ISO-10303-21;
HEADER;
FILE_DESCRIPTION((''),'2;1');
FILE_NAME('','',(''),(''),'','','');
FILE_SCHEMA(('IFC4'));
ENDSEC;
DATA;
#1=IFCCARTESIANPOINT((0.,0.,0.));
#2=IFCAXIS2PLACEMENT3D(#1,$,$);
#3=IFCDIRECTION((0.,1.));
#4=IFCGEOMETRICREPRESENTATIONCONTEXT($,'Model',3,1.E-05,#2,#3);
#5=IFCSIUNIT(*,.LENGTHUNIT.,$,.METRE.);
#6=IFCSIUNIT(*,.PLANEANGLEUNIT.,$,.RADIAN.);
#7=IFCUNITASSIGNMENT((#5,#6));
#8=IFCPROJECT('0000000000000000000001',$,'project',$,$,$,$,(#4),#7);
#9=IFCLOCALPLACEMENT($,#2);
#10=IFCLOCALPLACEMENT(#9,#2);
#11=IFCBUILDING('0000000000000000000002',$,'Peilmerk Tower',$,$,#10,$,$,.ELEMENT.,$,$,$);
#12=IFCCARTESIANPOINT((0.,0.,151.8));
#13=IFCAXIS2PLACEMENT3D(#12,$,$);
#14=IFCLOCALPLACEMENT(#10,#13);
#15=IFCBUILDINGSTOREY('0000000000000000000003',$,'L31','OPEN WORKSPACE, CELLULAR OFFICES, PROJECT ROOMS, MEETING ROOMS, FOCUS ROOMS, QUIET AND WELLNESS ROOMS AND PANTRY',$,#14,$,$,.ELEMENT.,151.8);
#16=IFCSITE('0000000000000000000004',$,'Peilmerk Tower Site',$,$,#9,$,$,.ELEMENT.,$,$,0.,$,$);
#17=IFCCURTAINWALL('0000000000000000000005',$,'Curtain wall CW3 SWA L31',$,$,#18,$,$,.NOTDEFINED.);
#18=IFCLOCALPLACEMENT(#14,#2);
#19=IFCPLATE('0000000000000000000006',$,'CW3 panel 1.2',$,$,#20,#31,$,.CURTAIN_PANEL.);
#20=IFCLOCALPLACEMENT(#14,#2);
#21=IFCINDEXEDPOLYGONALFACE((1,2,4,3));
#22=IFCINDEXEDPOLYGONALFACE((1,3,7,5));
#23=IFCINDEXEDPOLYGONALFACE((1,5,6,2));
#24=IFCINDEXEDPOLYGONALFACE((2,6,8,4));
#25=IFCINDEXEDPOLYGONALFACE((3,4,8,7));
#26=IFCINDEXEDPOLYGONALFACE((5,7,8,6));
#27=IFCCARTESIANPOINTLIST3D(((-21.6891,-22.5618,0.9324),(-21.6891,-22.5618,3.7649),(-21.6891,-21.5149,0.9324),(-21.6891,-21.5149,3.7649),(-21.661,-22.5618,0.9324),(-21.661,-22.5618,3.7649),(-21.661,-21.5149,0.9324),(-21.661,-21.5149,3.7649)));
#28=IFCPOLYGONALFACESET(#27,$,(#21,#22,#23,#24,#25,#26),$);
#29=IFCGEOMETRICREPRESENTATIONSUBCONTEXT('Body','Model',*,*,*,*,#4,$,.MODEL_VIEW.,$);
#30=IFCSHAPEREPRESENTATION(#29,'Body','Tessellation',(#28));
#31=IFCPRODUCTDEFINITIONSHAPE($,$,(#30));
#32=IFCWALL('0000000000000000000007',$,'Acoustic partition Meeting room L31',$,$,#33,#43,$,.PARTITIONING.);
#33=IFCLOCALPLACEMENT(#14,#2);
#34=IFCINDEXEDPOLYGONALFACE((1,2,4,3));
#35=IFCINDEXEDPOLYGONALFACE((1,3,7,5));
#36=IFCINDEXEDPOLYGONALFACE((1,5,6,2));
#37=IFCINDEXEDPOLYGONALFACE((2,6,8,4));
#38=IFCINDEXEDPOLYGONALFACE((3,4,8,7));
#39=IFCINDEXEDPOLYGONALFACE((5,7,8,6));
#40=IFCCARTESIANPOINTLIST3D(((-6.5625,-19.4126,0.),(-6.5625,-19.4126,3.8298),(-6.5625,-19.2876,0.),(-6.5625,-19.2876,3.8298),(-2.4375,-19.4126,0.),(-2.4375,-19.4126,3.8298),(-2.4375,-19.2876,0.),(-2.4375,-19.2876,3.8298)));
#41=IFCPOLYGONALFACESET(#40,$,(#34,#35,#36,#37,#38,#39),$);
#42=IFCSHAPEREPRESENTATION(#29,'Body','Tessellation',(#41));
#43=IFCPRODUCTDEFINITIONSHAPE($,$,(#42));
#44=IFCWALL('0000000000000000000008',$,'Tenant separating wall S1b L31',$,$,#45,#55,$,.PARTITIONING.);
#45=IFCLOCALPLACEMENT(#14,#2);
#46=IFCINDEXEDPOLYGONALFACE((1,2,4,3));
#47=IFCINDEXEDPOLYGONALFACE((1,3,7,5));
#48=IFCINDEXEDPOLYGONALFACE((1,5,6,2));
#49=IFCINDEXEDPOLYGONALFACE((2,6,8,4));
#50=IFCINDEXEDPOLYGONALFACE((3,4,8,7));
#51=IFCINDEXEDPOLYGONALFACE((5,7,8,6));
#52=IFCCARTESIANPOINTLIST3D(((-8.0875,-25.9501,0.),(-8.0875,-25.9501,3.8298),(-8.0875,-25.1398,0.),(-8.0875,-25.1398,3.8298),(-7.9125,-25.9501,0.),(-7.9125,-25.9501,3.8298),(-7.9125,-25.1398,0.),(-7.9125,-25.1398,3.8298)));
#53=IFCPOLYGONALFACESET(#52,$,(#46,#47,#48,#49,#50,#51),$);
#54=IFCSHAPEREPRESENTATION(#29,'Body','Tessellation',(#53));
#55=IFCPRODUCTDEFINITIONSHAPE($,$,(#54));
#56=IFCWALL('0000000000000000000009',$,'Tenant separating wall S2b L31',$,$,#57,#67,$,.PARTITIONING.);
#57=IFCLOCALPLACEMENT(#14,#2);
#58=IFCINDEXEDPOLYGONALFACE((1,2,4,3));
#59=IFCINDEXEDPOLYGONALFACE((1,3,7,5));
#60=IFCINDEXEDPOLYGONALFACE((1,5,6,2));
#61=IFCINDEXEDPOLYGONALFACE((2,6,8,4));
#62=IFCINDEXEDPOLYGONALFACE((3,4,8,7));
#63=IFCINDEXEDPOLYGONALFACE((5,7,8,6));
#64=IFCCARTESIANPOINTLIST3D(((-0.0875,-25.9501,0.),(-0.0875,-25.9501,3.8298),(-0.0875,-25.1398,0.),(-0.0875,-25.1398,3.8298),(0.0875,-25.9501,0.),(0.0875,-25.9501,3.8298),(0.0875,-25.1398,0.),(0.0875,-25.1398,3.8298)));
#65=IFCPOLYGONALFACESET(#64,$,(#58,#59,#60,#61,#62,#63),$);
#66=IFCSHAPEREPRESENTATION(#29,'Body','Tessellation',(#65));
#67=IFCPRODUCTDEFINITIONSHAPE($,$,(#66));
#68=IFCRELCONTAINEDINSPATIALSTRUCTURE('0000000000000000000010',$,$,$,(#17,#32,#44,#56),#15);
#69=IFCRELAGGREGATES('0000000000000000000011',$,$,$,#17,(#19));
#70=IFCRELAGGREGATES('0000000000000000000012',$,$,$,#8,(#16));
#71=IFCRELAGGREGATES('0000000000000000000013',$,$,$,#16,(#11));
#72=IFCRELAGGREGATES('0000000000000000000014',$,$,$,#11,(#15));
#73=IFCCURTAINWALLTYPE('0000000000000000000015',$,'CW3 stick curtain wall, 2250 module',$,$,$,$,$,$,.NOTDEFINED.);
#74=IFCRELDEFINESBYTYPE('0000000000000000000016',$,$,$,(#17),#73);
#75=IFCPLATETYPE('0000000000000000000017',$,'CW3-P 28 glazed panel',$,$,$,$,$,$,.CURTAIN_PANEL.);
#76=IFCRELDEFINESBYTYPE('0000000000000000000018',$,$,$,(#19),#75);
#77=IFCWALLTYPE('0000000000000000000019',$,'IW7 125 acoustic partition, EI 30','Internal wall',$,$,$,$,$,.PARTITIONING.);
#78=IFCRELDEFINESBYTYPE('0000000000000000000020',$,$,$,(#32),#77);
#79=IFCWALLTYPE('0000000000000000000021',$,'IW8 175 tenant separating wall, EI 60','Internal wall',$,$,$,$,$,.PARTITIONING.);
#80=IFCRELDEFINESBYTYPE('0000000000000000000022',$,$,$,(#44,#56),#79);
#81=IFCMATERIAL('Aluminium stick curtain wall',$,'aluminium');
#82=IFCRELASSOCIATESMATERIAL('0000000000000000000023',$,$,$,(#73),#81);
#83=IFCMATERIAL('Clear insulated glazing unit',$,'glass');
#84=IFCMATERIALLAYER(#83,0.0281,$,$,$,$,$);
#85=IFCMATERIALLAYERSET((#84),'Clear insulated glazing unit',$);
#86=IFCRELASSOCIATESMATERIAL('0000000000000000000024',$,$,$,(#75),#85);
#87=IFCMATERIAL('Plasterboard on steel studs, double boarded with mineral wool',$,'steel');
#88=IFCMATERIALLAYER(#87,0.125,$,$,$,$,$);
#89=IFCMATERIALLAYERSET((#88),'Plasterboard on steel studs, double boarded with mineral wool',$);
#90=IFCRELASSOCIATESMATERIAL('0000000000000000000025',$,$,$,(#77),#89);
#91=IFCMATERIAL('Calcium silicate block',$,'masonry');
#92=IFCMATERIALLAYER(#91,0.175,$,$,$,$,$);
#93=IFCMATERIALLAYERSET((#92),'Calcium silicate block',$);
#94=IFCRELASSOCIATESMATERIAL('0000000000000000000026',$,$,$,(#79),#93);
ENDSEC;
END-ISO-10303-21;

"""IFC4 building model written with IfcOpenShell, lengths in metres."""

from ifc_helpers import new_model, si_unit, direction, frame, frame_2d, origin, origin_2d, place, context, subcontext, project, spatial, rectangle, extrude, material, layer, layer_set, type_object, element, aggregate, save


model = new_model("IFC4")

# Units and contexts
model_context = context("Model", 3, precision=1e-05, world=origin(), true_north=direction((0.0, 1.0)))
body_context = subcontext(model_context, "Body", "Model", "MODEL_VIEW")
ifc_project = project(units=[si_unit("LENGTHUNIT", "METRE"), si_unit("PLANEANGLEUNIT", "RADIAN")], contexts=[model_context])

# Site, building, storey
site_placement = place(None, origin())
site = spatial("IfcSite", under=ifc_project, at=site_placement, Name="Peilmerk Tower Site", CompositionType="ELEMENT", RefElevation=0.0)
building_placement = place(site_placement, origin())
building = spatial("IfcBuilding", under=site, at=building_placement, Name="Peilmerk Tower", CompositionType="ELEMENT")
storey_placement = place(building_placement, frame((0.0, 0.0, 151.8)))
storey = spatial("IfcBuildingStorey", under=building, at=storey_placement, Name="L31", Description="OPEN WORKSPACE, CELLULAR OFFICES, PROJECT ROOMS, MEETING ROOMS, FOCUS ROOMS, QUIET AND WELLNESS ROOMS AND PANTRY", CompositionType="ELEMENT", Elevation=151.8)

# Curtain wall, plate
ifc_material_1 = material(Name="Aluminium stick curtain wall", Category="aluminium")
curtain_wall_type = type_object("IfcCurtainWallType", Name="CW3 stick curtain wall, 2250 module", PredefinedType="NOTDEFINED", material=ifc_material_1)
curtain_wall_placement = place(storey_placement, origin())
curtain_wall = element("IfcCurtainWall", 1, at=curtain_wall_placement, inside=storey, type_object=curtain_wall_type, Name="Curtain wall CW3 SWA L31", PredefinedType="NOTDEFINED")
ifc_material_2 = material(Name="Clear insulated glazing unit", Category="glass")
ifc_layer_1 = layer(ifc_material_2, 0.0281)
ifc_layer_set_1 = layer_set([ifc_layer_1], Name="Clear insulated glazing unit")
plate_type = type_object("IfcPlateType", Name="CW3-P 28 glazed panel", PredefinedType="CURTAIN_PANEL", material=ifc_layer_set_1)
plate_1_placement = place(storey_placement, frame((-21.675, -22.0383, 0.9324), z_axis=(0.0, 0.0, 1.0), x_axis=(0.0, -1.0, 0.0)))
plate_1 = element("IfcPlate", 2, at=plate_1_placement, type_object=plate_type, Name="CW3 panel 1.2", PredefinedType="CURTAIN_PANEL", context=body_context, shape_type="SweptSolid", body=[
    extrude(rectangle(XDim=1.0469, YDim=0.0281, at=origin_2d()), origin(), (0.0, 0.0, 1.0), 2.8325),
])
aggregate(curtain_wall, [plate_1])

# Walls
ifc_material_3 = material(Name="Plasterboard on steel studs, double boarded with mineral wool", Category="steel")
ifc_layer_2 = layer(ifc_material_3, 0.125)
ifc_layer_set_2 = layer_set([ifc_layer_2], Name="Plasterboard on steel studs, double boarded with mineral wool")
wall_type_1 = type_object("IfcWallType", Name="IW7 125 acoustic partition, EI 30", Description="Internal wall", PredefinedType="PARTITIONING", material=ifc_layer_set_2)
wall_placement = place(storey_placement, frame((-6.5625, -19.3501, 0.0), z_axis=(0.0, 0.0, 1.0), x_axis=(1.0, 0.0, 0.0)))
element("IfcWall", 3, at=wall_placement, inside=storey, type_object=wall_type_1, Name="Acoustic partition Meeting room L31", PredefinedType="PARTITIONING", context=body_context, shape_type="SweptSolid", body=[
    extrude(rectangle(XDim=4.125, YDim=0.125, at=frame_2d((2.0625, 0.0))), origin(), (0.0, 0.0, 1.0), 3.8298),
])
ifc_material_4 = material(Name="Calcium silicate block", Category="masonry")
ifc_layer_3 = layer(ifc_material_4, 0.175)
ifc_layer_set_3 = layer_set([ifc_layer_3], Name="Calcium silicate block")
wall_type_2 = type_object("IfcWallType", Name="IW8 175 tenant separating wall, EI 60", Description="Internal wall", PredefinedType="PARTITIONING", material=ifc_layer_set_3)
for number, where, z_axis, x_axis, name in (
    (4, (-8.0, -25.1396, 0.0), (0.0, 0.0, 1.0), (0.0, -1.0, 0.0), "Tenant separating wall S1b L31"),
    (5, (0.0, -25.1396, 0.0), (0.0, 0.0, 1.0), (0.0, -1.0, 0.0), "Tenant separating wall S2b L31"),
):
    element("IfcWall", number, at=place(storey_placement, frame(where, z_axis=z_axis, x_axis=x_axis)), inside=storey, type_object=wall_type_2, Name=name, PredefinedType="PARTITIONING", context=body_context, shape_type="SweptSolid", body=[
        extrude(rectangle(XDim=0.8103, YDim=0.175, at=frame_2d((0.4053, 0.0))), origin(), (0.0, 0.0, 1.0), 3.8298),
    ])

save(model, "model.ifc")
